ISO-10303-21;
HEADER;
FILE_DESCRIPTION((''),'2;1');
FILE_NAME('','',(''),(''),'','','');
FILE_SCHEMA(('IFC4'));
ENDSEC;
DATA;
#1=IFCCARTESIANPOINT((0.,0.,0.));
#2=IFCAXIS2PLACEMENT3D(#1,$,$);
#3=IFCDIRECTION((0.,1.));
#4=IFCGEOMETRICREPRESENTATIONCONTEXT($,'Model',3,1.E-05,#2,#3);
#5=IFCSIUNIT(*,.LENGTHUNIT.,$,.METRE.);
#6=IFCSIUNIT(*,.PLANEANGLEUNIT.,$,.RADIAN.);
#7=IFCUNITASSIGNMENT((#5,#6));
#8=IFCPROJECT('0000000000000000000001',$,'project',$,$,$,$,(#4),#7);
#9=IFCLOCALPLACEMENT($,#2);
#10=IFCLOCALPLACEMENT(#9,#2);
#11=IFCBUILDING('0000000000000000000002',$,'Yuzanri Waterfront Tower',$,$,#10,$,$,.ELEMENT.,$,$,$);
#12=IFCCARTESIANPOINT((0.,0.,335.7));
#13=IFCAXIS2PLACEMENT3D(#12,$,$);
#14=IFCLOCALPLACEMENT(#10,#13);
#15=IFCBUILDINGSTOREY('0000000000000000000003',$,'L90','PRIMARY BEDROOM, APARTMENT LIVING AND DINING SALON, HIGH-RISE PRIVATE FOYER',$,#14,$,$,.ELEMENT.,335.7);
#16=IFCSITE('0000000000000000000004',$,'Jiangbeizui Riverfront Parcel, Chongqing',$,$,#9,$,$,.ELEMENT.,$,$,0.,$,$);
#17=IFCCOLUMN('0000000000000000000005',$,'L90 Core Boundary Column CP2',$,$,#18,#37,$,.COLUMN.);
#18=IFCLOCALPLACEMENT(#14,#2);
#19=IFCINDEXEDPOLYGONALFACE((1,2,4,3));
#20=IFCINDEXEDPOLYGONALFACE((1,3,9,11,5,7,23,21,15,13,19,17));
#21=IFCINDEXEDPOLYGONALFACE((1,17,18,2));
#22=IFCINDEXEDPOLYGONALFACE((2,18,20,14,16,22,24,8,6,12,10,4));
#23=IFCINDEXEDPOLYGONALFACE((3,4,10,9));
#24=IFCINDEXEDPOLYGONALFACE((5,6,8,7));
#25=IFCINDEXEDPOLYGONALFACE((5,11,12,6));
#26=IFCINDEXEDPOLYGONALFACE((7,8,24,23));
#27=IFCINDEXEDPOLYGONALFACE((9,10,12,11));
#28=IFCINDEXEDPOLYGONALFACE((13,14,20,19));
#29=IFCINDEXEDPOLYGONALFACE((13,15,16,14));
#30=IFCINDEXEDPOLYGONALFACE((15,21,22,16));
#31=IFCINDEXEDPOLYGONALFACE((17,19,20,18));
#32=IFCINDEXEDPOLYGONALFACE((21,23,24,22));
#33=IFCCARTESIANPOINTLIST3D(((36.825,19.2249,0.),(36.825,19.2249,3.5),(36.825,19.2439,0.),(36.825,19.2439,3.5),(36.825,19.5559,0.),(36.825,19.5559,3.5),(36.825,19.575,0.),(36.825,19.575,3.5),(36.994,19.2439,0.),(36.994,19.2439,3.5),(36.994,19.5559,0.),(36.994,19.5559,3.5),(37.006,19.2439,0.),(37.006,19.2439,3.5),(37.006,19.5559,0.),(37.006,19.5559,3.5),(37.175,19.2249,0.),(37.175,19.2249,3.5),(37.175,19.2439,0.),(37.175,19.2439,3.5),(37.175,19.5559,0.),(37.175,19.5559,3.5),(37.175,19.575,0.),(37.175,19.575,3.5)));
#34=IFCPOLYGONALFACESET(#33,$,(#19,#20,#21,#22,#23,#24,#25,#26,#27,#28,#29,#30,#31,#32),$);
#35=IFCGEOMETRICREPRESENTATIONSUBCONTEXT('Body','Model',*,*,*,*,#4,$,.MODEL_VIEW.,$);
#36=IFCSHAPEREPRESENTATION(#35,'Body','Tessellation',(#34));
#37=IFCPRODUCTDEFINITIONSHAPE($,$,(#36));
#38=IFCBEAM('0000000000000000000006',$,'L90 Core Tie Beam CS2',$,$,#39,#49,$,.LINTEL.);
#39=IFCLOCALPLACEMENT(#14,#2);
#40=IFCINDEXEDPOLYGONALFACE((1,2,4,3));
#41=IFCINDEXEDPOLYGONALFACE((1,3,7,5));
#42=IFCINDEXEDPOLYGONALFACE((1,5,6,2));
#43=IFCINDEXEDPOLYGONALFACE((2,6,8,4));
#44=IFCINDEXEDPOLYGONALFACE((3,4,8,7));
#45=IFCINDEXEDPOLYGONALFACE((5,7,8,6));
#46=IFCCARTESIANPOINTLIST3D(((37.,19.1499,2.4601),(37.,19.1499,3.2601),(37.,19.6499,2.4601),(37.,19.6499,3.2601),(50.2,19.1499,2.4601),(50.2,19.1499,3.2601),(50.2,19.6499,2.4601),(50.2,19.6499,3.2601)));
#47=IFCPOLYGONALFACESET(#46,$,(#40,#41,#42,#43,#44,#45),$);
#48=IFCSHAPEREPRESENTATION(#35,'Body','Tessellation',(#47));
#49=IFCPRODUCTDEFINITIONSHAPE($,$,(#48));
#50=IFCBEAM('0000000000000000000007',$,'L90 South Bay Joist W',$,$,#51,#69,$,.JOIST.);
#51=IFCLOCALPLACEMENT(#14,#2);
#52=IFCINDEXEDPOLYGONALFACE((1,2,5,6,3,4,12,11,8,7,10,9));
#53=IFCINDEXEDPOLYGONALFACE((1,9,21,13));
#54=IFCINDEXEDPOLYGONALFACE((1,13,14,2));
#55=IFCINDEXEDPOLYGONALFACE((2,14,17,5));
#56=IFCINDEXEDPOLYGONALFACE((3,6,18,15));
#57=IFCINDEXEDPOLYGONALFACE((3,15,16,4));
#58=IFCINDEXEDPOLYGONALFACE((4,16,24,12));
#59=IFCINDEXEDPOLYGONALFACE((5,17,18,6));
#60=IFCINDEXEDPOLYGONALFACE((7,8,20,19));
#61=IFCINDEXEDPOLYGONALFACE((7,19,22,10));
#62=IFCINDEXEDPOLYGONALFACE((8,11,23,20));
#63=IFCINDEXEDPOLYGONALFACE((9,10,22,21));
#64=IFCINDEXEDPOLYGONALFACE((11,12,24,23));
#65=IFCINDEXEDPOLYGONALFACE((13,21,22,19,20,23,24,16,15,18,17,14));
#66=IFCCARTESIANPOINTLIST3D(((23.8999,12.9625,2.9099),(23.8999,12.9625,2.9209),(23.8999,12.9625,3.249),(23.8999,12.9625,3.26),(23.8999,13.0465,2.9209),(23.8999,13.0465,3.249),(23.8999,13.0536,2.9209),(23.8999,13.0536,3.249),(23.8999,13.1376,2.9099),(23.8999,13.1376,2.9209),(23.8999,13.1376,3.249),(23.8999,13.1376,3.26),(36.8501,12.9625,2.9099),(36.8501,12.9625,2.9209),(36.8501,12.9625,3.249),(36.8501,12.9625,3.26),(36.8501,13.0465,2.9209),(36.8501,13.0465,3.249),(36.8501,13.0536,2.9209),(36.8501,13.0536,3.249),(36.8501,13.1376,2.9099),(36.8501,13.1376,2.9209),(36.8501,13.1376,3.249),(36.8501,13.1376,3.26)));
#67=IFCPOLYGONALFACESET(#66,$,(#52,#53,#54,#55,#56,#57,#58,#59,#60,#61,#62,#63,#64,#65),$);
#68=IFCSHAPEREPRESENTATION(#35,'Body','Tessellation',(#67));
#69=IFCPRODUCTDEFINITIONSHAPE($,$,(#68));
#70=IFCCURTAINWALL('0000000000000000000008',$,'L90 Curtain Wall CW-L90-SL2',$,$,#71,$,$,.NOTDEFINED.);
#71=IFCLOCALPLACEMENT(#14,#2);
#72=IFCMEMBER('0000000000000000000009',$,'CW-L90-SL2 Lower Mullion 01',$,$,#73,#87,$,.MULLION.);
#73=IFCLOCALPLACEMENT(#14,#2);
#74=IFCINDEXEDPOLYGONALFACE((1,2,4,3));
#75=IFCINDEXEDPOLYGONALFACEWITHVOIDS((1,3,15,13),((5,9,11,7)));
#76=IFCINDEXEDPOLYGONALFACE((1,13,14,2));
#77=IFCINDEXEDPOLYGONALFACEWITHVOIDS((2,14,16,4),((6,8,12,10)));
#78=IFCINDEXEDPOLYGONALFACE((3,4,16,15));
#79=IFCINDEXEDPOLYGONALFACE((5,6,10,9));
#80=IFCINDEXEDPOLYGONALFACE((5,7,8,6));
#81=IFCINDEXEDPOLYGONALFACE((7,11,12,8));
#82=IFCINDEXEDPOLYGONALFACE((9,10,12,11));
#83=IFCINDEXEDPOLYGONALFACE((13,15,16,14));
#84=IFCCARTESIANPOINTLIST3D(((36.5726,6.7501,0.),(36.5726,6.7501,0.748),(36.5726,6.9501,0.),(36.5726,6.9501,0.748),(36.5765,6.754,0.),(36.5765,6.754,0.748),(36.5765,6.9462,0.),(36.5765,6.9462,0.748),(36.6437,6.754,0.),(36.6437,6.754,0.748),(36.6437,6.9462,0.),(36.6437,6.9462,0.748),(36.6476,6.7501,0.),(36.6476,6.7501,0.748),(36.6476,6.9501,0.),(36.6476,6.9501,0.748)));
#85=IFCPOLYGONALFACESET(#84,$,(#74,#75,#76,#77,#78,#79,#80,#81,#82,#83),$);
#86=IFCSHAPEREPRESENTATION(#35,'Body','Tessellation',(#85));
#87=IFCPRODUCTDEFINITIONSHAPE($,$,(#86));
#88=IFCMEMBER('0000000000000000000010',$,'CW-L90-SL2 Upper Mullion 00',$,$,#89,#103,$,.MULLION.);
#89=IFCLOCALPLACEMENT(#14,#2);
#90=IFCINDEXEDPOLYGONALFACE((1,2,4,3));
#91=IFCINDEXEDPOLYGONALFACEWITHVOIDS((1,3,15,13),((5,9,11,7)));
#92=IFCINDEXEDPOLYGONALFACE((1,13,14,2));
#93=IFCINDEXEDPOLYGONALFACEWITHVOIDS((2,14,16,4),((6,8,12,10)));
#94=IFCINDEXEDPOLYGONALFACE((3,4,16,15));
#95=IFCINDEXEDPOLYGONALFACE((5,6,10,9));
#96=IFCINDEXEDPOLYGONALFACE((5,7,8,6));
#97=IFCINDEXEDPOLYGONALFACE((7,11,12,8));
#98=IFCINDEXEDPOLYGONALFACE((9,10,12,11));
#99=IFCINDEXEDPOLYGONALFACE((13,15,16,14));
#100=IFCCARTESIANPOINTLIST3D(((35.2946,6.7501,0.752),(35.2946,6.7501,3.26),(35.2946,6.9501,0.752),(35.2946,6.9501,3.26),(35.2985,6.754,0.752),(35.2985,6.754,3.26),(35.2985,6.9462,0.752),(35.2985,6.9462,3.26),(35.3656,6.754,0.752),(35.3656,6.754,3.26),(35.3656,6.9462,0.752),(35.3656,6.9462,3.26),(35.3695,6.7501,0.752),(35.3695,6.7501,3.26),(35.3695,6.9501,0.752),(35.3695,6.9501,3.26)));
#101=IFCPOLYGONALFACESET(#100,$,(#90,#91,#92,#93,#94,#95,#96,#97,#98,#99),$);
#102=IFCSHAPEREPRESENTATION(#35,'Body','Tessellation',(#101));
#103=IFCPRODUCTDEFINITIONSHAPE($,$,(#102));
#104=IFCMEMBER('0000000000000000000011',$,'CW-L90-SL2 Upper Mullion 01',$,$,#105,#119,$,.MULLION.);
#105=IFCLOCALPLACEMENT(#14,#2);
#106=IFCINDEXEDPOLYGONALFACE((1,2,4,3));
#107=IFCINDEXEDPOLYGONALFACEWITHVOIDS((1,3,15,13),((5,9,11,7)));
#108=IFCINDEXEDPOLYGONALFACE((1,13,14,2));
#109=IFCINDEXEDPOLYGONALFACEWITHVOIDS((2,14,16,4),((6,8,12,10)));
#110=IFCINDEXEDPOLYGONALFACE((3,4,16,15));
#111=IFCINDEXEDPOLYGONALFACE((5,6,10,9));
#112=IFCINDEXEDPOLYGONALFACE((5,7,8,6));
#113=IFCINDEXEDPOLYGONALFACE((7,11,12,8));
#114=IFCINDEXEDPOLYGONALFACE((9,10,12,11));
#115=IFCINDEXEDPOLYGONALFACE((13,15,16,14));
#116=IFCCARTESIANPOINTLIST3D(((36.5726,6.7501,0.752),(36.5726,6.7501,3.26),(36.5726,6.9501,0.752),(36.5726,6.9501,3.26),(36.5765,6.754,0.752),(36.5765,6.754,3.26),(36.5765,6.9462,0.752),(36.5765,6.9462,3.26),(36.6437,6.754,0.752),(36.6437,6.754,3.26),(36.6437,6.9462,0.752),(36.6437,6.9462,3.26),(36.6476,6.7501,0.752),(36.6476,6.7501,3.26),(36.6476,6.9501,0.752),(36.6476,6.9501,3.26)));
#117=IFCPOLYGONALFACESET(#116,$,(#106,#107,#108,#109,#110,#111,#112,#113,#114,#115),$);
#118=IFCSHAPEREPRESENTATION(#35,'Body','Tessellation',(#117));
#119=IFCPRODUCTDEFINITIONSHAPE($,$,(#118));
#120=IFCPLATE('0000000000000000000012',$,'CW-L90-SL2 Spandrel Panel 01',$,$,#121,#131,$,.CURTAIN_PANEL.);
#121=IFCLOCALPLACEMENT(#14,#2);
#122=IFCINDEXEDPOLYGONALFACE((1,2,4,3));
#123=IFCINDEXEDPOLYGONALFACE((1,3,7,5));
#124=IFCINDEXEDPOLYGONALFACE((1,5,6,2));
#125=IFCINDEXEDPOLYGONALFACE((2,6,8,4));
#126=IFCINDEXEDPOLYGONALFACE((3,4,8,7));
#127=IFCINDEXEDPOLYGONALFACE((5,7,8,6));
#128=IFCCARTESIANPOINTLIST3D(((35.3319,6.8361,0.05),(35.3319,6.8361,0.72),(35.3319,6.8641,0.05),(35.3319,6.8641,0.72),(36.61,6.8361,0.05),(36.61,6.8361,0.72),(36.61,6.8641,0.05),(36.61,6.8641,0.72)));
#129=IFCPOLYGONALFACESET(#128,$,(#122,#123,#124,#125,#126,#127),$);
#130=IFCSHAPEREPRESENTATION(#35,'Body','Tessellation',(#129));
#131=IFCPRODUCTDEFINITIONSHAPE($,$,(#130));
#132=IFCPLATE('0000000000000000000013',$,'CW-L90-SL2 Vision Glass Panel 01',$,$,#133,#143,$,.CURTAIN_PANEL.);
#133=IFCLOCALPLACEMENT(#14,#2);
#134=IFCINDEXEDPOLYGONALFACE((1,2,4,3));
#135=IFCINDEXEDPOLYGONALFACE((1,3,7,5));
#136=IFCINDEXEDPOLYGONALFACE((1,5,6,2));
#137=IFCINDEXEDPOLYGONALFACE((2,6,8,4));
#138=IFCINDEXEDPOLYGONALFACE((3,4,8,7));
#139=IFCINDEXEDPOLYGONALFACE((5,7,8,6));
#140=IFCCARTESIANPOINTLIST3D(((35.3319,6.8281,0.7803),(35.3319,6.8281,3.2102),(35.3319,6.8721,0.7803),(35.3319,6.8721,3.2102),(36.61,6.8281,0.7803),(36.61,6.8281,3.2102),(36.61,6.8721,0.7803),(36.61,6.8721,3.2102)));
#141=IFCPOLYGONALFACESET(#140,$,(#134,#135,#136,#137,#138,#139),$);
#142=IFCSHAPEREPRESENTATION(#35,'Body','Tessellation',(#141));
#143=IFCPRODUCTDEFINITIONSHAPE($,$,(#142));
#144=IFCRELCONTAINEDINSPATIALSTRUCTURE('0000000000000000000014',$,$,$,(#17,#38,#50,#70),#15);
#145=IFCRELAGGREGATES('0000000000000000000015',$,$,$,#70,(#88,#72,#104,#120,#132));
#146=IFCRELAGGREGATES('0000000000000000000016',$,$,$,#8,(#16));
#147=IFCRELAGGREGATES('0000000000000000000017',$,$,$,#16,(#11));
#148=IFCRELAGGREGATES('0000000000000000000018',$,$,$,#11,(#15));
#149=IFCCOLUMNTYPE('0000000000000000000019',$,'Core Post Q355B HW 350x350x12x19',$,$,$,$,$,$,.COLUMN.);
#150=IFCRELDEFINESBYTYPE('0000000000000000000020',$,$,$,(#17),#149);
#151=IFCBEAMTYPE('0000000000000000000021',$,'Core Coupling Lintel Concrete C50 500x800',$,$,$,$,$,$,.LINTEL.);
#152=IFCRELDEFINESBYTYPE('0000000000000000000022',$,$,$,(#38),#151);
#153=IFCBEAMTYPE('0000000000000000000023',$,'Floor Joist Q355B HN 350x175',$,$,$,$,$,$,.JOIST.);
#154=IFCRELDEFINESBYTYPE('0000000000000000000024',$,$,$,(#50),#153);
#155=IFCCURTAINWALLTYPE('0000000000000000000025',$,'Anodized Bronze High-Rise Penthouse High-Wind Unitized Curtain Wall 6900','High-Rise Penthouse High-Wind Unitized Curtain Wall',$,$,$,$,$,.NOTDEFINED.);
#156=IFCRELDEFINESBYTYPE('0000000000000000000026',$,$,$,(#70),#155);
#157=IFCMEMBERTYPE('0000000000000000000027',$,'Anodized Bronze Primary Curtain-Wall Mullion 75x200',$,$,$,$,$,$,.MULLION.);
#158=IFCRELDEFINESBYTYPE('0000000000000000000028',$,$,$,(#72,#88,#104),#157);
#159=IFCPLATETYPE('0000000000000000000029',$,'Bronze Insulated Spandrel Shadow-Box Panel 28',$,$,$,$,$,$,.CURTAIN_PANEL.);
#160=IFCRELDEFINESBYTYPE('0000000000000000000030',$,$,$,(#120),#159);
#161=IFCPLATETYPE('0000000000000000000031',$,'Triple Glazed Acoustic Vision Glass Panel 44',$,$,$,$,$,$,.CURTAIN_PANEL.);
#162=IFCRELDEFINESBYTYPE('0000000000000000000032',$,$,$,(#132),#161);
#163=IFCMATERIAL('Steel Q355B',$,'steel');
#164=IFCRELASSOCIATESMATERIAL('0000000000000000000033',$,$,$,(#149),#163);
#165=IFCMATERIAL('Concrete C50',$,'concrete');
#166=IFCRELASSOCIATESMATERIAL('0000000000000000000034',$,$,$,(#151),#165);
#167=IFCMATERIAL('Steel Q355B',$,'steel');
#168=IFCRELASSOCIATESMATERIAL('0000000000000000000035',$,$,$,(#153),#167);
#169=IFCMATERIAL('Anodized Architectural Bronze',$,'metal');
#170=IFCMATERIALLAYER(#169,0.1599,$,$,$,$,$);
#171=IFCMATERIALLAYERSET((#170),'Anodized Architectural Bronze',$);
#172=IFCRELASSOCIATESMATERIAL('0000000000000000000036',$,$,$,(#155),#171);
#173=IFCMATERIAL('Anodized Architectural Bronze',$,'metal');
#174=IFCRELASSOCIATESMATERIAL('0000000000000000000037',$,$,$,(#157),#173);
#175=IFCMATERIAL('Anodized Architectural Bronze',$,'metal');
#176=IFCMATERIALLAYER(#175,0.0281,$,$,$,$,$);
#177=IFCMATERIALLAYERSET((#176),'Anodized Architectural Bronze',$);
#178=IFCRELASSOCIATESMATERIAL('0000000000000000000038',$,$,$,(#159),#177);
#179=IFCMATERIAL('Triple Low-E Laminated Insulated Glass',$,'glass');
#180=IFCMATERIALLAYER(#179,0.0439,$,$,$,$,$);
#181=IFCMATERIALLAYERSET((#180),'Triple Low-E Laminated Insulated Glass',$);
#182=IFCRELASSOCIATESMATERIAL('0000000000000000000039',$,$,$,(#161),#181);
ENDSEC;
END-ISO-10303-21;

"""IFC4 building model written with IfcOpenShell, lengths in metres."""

from ifc_helpers import new_model, si_unit, direction, frame, origin, origin_2d, place, context, subcontext, project, spatial, rectangle, hollow_rectangle, i_section, extrude, source, transform, mapped, material, layer, layer_set, material_profile, profile_set, type_object, element, aggregate, save


model = new_model("IFC4")

# Units and contexts
model_context = context("Model", 3, precision=1e-05, world=origin(), true_north=direction((0.0, 1.0)))
body_context = subcontext(model_context, "Body", "Model", "MODEL_VIEW")
ifc_project = project(units=[si_unit("LENGTHUNIT", "METRE"), si_unit("PLANEANGLEUNIT", "RADIAN")], contexts=[model_context])

# Site, building, storey
site_placement = place(None, origin())
site = spatial("IfcSite", under=ifc_project, at=site_placement, Name="Jiangbeizui Riverfront Parcel, Chongqing", CompositionType="ELEMENT", RefElevation=0.0)
building_placement = place(site_placement, origin())
building = spatial("IfcBuilding", under=site, at=building_placement, Name="Yuzanri Waterfront Tower", CompositionType="ELEMENT")
storey_placement = place(building_placement, frame((0.0, 0.0, 335.7)))
storey = spatial("IfcBuildingStorey", under=building, at=storey_placement, Name="L90", Description="PRIMARY BEDROOM, APARTMENT LIVING AND DINING SALON, HIGH-RISE PRIVATE FOYER", CompositionType="ELEMENT", Elevation=335.7)

# Column
ifc_material_1 = material(Name="Steel Q355B", Category="steel")
ifc_material_profile_1 = material_profile(ifc_material_1, i_section(OverallWidth=0.3501, OverallDepth=0.3501, WebThickness=0.012, FlangeThickness=0.019, at=origin_2d()), Name="HW 350x350x12x19")
ifc_profile_set_1 = profile_set([ifc_material_profile_1], Name="Steel Q355B")
column_type = type_object("IfcColumnType", Name="Core Post Q355B HW 350x350x12x19", PredefinedType="COLUMN", material=ifc_profile_set_1)
shared_shape_1 = source(origin(), body_context, "Body", "SweptSolid", [
    extrude(i_section(OverallWidth=0.3501, OverallDepth=0.3501, WebThickness=0.012, FlangeThickness=0.019, at=origin_2d()), origin(), (0.0, 0.0, 1.0), 3.5),
])
column_placement = place(storey_placement, frame((37.0, 19.3999, 0.0), z_axis=(0.0, 0.0, 1.0), x_axis=(1.0, 0.0, 0.0)))
element("IfcColumn", 1, at=column_placement, inside=storey, type_object=column_type, Name="L90 Core Boundary Column CP2", PredefinedType="COLUMN", context=body_context, shape_type="MappedRepresentation", body=[
    mapped(shared_shape_1, transform((0.0, 0.0, 0.0), scale=1.0)),
])

# Beams
ifc_material_2 = material(Name="Concrete C50", Category="concrete")
ifc_material_profile_2 = material_profile(ifc_material_2, rectangle(XDim=0.5, YDim=0.8, at=origin_2d()), Name="RC 500x800")
ifc_profile_set_2 = profile_set([ifc_material_profile_2], Name="Concrete C50")
beam_type_1 = type_object("IfcBeamType", Name="Core Coupling Lintel Concrete C50 500x800", PredefinedType="LINTEL", material=ifc_profile_set_2)
shared_shape_2 = source(origin(), body_context, "Body", "SweptSolid", [
    extrude(rectangle(XDim=0.5, YDim=0.8, at=origin_2d()), origin(), (0.0, 0.0, 1.0), 13.2),
])
beam_1_placement = place(storey_placement, frame((37.0, 19.3999, 2.8601), z_axis=(1.0, 0.0, 0.0), x_axis=(0.0, 1.0, 0.0)))
element("IfcBeam", 2, at=beam_1_placement, inside=storey, type_object=beam_type_1, Name="L90 Core Tie Beam CS2", PredefinedType="LINTEL", context=body_context, shape_type="MappedRepresentation", body=[
    mapped(shared_shape_2, transform((0.0, 0.0, 0.0), scale=1.0)),
])
ifc_material_3 = material(Name="Steel Q355B", Category="steel")
ifc_material_profile_3 = material_profile(ifc_material_3, i_section(OverallWidth=0.175, OverallDepth=0.3501, WebThickness=0.0071, FlangeThickness=0.011, at=origin_2d()), Name="HN 350x175x7x11")
ifc_profile_set_3 = profile_set([ifc_material_profile_3], Name="Steel Q355B")
beam_type_2 = type_object("IfcBeamType", Name="Floor Joist Q355B HN 350x175", PredefinedType="JOIST", material=ifc_profile_set_3)
shared_shape_3 = source(origin(), body_context, "Body", "SweptSolid", [
    extrude(i_section(OverallWidth=0.175, OverallDepth=0.3501, WebThickness=0.0071, FlangeThickness=0.011, at=origin_2d()), origin(), (0.0, 0.0, 1.0), 12.9502),
])
beam_2_placement = place(storey_placement, frame((23.8999, 13.05, 3.085), z_axis=(1.0, 0.0, 0.0), x_axis=(0.0, 1.0, 0.0)))
element("IfcBeam", 3, at=beam_2_placement, inside=storey, type_object=beam_type_2, Name="L90 South Bay Joist W", PredefinedType="JOIST", context=body_context, shape_type="MappedRepresentation", body=[
    mapped(shared_shape_3, transform((0.0, 0.0, 0.0), scale=1.0)),
])

# Curtain wall, members, plates
ifc_material_4 = material(Name="Anodized Architectural Bronze", Category="metal")
ifc_layer_1 = layer(ifc_material_4, 0.1599)
ifc_layer_set_1 = layer_set([ifc_layer_1], Name="Anodized Architectural Bronze")
curtain_wall_type = type_object("IfcCurtainWallType", Name="Anodized Bronze High-Rise Penthouse High-Wind Unitized Curtain Wall 6900", Description="High-Rise Penthouse High-Wind Unitized Curtain Wall", PredefinedType="NOTDEFINED", material=ifc_layer_set_1)
curtain_wall_placement = place(storey_placement, origin())
curtain_wall = element("IfcCurtainWall", 4, at=curtain_wall_placement, inside=storey, type_object=curtain_wall_type, Name="L90 Curtain Wall CW-L90-SL2", PredefinedType="NOTDEFINED")
ifc_material_5 = material(Name="Anodized Architectural Bronze", Category="metal")
ifc_material_profile_4 = material_profile(ifc_material_5, hollow_rectangle(XDim=0.075, YDim=0.2, WallThickness=0.0039, at=origin_2d()), Name="CWM 75x200")
ifc_profile_set_4 = profile_set([ifc_material_profile_4], Name="Anodized Architectural Bronze")
member_type = type_object("IfcMemberType", Name="Anodized Bronze Primary Curtain-Wall Mullion 75x200", PredefinedType="MULLION", material=ifc_profile_set_4)
shared_shape_4 = source(origin(), body_context, "Body", "SweptSolid", [
    extrude(hollow_rectangle(XDim=0.075, YDim=0.2, WallThickness=0.0039, at=origin_2d()), origin(), (0.0, 0.0, 1.0), 0.748),
])
member_1_placement = place(storey_placement, frame((36.6101, 6.8501, 0.0), z_axis=(0.0, 0.0, 1.0), x_axis=(1.0, 0.0, 0.0)))
member_1 = element("IfcMember", 5, at=member_1_placement, type_object=member_type, Name="CW-L90-SL2 Lower Mullion 01", PredefinedType="MULLION", context=body_context, shape_type="MappedRepresentation", body=[
    mapped(shared_shape_4, transform((0.0, 0.0, 0.0), scale=1.0)),
])
shared_shape_5 = source(origin(), body_context, "Body", "SweptSolid", [
    extrude(hollow_rectangle(XDim=0.075, YDim=0.2, WallThickness=0.0039, at=origin_2d()), origin(), (0.0, 0.0, 1.0), 2.5081),
])
member_2_placement = place(storey_placement, frame((35.332, 6.8501, 0.752), z_axis=(0.0, 0.0, 1.0), x_axis=(1.0, 0.0, 0.0)))
member_2 = element("IfcMember", 6, at=member_2_placement, type_object=member_type, Name="CW-L90-SL2 Upper Mullion 00", PredefinedType="MULLION", context=body_context, shape_type="MappedRepresentation", body=[
    mapped(shared_shape_5, transform((0.0, 0.0, 0.0), scale=1.0)),
])
member_3_placement = place(storey_placement, frame((36.6101, 6.8501, 0.752), z_axis=(0.0, 0.0, 1.0), x_axis=(1.0, 0.0, 0.0)))
member_3 = element("IfcMember", 7, at=member_3_placement, type_object=member_type, Name="CW-L90-SL2 Upper Mullion 01", PredefinedType="MULLION", context=body_context, shape_type="MappedRepresentation", body=[
    mapped(shared_shape_5, transform((0.0, 0.0, 0.0), scale=1.0)),
])
ifc_material_6 = material(Name="Anodized Architectural Bronze", Category="metal")
ifc_layer_2 = layer(ifc_material_6, 0.0281)
ifc_layer_set_2 = layer_set([ifc_layer_2], Name="Anodized Architectural Bronze")
plate_type_1 = type_object("IfcPlateType", Name="Bronze Insulated Spandrel Shadow-Box Panel 28", PredefinedType="CURTAIN_PANEL", material=ifc_layer_set_2)
shared_shape_6 = source(origin(), body_context, "Body", "SweptSolid", [
    extrude(rectangle(XDim=1.2781, YDim=0.0281, at=origin_2d()), origin(), (0.0, 0.0, 1.0), 0.6699),
])
plate_1_placement = place(storey_placement, frame((35.9709, 6.8501, 0.05), z_axis=(0.0, 0.0, 1.0), x_axis=(1.0, 0.0, 0.0)))
plate_1 = element("IfcPlate", 8, at=plate_1_placement, type_object=plate_type_1, Name="CW-L90-SL2 Spandrel Panel 01", PredefinedType="CURTAIN_PANEL", context=body_context, shape_type="MappedRepresentation", body=[
    mapped(shared_shape_6, transform((0.0, 0.0, 0.0), scale=1.0)),
])
ifc_material_7 = material(Name="Triple Low-E Laminated Insulated Glass", Category="glass")
ifc_layer_3 = layer(ifc_material_7, 0.0439)
ifc_layer_set_3 = layer_set([ifc_layer_3], Name="Triple Low-E Laminated Insulated Glass")
plate_type_2 = type_object("IfcPlateType", Name="Triple Glazed Acoustic Vision Glass Panel 44", PredefinedType="CURTAIN_PANEL", material=ifc_layer_set_3)
shared_shape_7 = source(origin(), body_context, "Body", "SweptSolid", [
    extrude(rectangle(XDim=1.2781, YDim=0.0439, at=origin_2d()), origin(), (0.0, 0.0, 1.0), 2.4299),
])
plate_2_placement = place(storey_placement, frame((35.9709, 6.8501, 0.7803), z_axis=(0.0, 0.0, 1.0), x_axis=(1.0, 0.0, 0.0)))
plate_2 = element("IfcPlate", 9, at=plate_2_placement, type_object=plate_type_2, Name="CW-L90-SL2 Vision Glass Panel 01", PredefinedType="CURTAIN_PANEL", context=body_context, shape_type="MappedRepresentation", body=[
    mapped(shared_shape_7, transform((0.0, 0.0, 0.0), scale=1.0)),
])
aggregate(curtain_wall, [member_2, member_1, member_3, plate_1, plate_2])

save(model, "model.ifc")
